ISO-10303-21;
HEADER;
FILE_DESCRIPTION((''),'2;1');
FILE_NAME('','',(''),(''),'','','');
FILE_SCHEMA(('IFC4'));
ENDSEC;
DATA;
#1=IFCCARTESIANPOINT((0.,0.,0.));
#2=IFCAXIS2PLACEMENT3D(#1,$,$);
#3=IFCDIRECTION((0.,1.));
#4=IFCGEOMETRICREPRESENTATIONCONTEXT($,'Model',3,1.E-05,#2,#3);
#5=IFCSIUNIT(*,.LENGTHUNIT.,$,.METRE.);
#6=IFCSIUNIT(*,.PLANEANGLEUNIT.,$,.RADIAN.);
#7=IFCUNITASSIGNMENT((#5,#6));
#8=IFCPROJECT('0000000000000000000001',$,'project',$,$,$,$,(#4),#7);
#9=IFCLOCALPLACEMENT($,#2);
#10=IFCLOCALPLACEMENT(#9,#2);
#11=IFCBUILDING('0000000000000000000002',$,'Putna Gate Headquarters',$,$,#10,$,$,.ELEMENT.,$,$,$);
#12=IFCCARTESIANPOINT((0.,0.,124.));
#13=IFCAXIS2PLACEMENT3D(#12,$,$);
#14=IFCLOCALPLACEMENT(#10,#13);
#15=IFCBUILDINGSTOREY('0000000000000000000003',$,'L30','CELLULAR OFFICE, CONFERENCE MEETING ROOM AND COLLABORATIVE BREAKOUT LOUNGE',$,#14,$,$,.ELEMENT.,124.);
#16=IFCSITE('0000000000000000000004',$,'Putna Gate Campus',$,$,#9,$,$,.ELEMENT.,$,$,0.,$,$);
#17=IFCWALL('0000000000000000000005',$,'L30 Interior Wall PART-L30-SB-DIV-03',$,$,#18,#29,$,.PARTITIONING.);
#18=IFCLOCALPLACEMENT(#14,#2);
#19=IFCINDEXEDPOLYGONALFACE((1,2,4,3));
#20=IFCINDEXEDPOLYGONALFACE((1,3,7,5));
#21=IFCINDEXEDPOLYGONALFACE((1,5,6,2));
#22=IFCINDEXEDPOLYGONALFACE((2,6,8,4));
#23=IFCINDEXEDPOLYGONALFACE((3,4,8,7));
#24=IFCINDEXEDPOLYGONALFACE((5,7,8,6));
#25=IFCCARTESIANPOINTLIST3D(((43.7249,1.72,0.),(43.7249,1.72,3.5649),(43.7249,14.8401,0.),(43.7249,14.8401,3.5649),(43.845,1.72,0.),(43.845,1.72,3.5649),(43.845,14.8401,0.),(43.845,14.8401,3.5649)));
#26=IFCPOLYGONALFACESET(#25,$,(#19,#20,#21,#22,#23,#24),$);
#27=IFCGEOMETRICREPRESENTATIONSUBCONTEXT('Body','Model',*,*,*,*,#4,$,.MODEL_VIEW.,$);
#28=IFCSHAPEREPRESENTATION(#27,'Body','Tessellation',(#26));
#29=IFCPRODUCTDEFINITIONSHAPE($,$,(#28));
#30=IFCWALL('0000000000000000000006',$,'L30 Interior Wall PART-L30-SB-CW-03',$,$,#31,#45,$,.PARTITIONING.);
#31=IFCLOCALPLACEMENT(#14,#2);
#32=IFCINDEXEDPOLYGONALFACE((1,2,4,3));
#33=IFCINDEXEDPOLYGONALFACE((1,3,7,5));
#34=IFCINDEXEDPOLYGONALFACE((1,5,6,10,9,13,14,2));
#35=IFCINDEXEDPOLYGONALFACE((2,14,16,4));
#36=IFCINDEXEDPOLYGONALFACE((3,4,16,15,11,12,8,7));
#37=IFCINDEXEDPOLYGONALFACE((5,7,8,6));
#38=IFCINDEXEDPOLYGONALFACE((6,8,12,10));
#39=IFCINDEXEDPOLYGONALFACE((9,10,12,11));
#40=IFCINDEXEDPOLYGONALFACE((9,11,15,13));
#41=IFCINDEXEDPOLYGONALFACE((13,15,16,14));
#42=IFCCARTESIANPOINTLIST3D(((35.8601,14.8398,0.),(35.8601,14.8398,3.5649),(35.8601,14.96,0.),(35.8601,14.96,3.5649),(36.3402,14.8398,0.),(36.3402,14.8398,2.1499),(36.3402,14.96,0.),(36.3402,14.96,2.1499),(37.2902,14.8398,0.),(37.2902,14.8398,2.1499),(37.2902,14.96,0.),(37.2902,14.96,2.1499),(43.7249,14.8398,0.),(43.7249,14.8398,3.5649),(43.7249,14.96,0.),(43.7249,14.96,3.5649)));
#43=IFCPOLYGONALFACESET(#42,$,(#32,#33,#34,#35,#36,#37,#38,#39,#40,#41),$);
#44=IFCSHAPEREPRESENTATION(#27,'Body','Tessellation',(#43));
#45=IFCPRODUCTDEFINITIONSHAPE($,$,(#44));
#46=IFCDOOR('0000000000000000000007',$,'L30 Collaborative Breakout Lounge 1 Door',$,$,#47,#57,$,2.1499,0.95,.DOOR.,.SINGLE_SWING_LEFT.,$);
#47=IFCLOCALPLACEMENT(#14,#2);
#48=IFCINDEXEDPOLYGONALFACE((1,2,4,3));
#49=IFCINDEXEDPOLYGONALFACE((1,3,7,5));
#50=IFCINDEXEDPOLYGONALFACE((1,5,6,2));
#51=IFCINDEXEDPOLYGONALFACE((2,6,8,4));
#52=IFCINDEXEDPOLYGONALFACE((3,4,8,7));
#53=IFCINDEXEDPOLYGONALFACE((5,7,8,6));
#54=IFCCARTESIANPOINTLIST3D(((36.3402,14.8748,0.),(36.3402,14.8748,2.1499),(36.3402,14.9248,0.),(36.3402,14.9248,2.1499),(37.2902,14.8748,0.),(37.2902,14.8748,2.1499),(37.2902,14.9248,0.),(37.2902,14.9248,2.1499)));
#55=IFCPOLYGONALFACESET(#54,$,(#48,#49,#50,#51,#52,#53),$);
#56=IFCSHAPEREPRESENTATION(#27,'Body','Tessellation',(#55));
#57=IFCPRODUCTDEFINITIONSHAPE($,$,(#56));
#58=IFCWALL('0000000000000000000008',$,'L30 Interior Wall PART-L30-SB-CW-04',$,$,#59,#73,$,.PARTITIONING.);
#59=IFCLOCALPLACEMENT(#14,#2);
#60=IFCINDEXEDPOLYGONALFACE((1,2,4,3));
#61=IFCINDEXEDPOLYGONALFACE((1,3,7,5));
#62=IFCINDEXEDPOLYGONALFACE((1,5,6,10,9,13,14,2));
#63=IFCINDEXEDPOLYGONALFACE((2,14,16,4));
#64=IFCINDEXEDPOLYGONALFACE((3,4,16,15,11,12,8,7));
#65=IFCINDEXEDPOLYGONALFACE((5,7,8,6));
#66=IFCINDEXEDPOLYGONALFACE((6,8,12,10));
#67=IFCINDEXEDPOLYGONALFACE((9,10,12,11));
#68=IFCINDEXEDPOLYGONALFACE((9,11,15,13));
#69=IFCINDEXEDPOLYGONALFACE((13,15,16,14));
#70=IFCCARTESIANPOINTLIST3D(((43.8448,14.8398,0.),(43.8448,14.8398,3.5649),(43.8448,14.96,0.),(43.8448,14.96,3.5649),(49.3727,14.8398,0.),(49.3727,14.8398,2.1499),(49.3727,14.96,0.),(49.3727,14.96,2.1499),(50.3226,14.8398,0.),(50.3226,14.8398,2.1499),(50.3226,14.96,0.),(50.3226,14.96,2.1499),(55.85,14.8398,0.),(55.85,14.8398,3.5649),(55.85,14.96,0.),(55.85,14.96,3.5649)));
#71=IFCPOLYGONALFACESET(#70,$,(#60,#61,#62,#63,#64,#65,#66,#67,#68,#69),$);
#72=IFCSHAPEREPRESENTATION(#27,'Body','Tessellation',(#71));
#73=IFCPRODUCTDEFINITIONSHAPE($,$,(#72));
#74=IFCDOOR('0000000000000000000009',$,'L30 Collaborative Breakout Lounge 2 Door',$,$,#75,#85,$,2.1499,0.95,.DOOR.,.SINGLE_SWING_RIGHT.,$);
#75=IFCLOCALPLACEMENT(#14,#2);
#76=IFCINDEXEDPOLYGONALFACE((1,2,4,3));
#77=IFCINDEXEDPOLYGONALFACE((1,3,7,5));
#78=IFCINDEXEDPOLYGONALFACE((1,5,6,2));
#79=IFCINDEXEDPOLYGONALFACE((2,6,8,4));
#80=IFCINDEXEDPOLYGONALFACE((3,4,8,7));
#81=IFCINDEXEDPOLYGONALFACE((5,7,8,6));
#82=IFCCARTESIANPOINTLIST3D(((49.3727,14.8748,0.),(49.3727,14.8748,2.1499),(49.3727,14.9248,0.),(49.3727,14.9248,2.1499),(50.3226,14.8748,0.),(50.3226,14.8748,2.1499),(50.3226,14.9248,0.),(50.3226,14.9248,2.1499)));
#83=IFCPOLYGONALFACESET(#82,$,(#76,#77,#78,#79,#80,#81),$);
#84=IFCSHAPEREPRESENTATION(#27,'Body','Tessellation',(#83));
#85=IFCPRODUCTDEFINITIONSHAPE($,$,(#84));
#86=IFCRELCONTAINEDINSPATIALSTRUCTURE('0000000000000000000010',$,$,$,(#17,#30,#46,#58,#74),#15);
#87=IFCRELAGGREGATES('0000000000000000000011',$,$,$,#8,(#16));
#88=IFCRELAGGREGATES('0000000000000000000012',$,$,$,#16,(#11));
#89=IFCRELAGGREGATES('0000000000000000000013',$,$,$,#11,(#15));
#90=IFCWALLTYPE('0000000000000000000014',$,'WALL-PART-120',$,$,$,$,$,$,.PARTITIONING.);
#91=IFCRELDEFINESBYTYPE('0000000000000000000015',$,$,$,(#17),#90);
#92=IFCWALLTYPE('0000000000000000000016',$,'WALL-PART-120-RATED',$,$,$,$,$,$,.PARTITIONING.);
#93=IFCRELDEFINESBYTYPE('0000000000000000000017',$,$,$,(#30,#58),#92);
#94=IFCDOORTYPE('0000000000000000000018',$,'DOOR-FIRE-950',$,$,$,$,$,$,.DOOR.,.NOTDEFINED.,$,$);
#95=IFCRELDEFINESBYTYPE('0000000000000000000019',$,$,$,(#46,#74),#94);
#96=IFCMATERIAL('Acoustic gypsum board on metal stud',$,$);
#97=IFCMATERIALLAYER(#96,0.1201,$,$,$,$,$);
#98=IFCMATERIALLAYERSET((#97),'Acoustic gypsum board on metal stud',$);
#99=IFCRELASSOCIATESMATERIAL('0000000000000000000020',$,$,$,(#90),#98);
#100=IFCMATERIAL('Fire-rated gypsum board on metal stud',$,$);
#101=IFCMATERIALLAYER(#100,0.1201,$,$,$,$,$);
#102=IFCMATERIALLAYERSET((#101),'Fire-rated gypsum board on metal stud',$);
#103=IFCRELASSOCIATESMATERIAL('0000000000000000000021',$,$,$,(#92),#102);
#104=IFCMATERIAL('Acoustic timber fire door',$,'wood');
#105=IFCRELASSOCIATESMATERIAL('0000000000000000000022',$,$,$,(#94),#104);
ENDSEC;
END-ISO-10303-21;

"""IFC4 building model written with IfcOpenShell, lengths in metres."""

from ifc_helpers import new_model, si_unit, direction, frame, frame_2d, origin, place, context, subcontext, project, spatial, rectangle, extrude, material, layer, layer_set, type_object, element, fill, save


model = new_model("IFC4")

# Units and contexts
model_context = context("Model", 3, precision=1e-05, world=origin(), true_north=direction((0.0, 1.0)))
body_context = subcontext(model_context, "Body", "Model", "MODEL_VIEW")
ifc_project = project(units=[si_unit("LENGTHUNIT", "METRE"), si_unit("PLANEANGLEUNIT", "RADIAN")], contexts=[model_context])

# Site, building, storey
site_placement = place(None, origin())
site = spatial("IfcSite", under=ifc_project, at=site_placement, Name="Putna Gate Campus", CompositionType="ELEMENT", RefElevation=0.0)
building_placement = place(site_placement, origin())
building = spatial("IfcBuilding", under=site, at=building_placement, Name="Putna Gate Headquarters", CompositionType="ELEMENT")
storey_placement = place(building_placement, frame((0.0, 0.0, 124.0)))
storey = spatial("IfcBuildingStorey", under=building, at=storey_placement, Name="L30", Description="CELLULAR OFFICE, CONFERENCE MEETING ROOM AND COLLABORATIVE BREAKOUT LOUNGE", CompositionType="ELEMENT", Elevation=124.0)

# Wall
ifc_material_1 = material(Name="Acoustic gypsum board on metal stud")
ifc_layer_1 = layer(ifc_material_1, 0.1201)
ifc_layer_set_1 = layer_set([ifc_layer_1], Name="Acoustic gypsum board on metal stud")
wall_type_1 = type_object("IfcWallType", Name="WALL-PART-120", PredefinedType="PARTITIONING", material=ifc_layer_set_1)
for number, where, z_axis, x_axis, name in (
    (1, (43.7849, 1.72, 0.0), (0.0, 0.0, 1.0), (0.0, 1.0, 0.0), "L30 Interior Wall PART-L30-SB-DIV-03"),
):
    element("IfcWall", number, at=place(storey_placement, frame(where, z_axis=z_axis, x_axis=x_axis)), inside=storey, type_object=wall_type_1, Name=name, PredefinedType="PARTITIONING", context=body_context, shape_type="SweptSolid", body=[
        extrude(rectangle(XDim=13.1201, YDim=0.1201, at=frame_2d((6.5601, 0.0))), origin(), (0.0, 0.0, 1.0), 3.5649),
    ])

# Walls, openings, doors
ifc_material_2 = material(Name="Fire-rated gypsum board on metal stud")
ifc_layer_2 = layer(ifc_material_2, 0.1201)
ifc_layer_set_2 = layer_set([ifc_layer_2], Name="Fire-rated gypsum board on metal stud")
wall_type_2 = type_object("IfcWallType", Name="WALL-PART-120-RATED", PredefinedType="PARTITIONING", material=ifc_layer_set_2)
wall_1_placement = place(storey_placement, frame((35.8601, 14.8999, 0.0), z_axis=(0.0, 0.0, 1.0), x_axis=(1.0, 0.0, 0.0)))
wall_1 = element("IfcWall", 2, at=wall_1_placement, inside=storey, type_object=wall_type_2, Name="L30 Interior Wall PART-L30-SB-CW-03", PredefinedType="PARTITIONING", context=body_context, shape_type="SweptSolid", body=[
    extrude(rectangle(XDim=7.8647, YDim=0.1201, at=frame_2d((3.9324, 0.0))), origin(), (0.0, 0.0, 1.0), 3.5649),
])
opening_1_placement = place(wall_1_placement, frame((0.48, 0.0, 0.0)))
opening_1 = element("IfcOpeningElement", 3, at=opening_1_placement, cuts=wall_1, PredefinedType="OPENING", context=body_context, shape_type="SweptSolid", body=[
    extrude(rectangle(XDim=0.95, YDim=2.1499, at=frame_2d((0.4751, 1.075))), frame((0.0, 0.0701, 0.0), z_axis=(0.0, -1.0, 0.0), x_axis=(1.0, 0.0, 0.0)), (0.0, 0.0, 1.0), 0.1401),
])
ifc_material_3 = material(Name="Acoustic timber fire door", Category="wood")
door_type = type_object("IfcDoorType", Name="DOOR-FIRE-950", OperationType="NOTDEFINED", PredefinedType="DOOR", material=ifc_material_3)
door_1_placement = place(opening_1_placement, origin())
door_1 = element("IfcDoor", 4, at=door_1_placement, inside=storey, type_object=door_type, Name="L30 Collaborative Breakout Lounge 1 Door", OperationType="SINGLE_SWING_LEFT", OverallHeight=2.1499, OverallWidth=0.95, PredefinedType="DOOR", context=body_context, shape_type="SweptSolid", body=[
    extrude(rectangle(XDim=0.95, YDim=2.1499, at=frame_2d((0.4751, 1.075))), frame((0.0, 0.0249, 0.0), z_axis=(0.0, -1.0, 0.0), x_axis=(1.0, 0.0, 0.0)), (0.0, 0.0, 1.0), 0.05),
])
fill(opening_1, door_1)
wall_2_placement = place(storey_placement, frame((43.845, 14.8999, 0.0), z_axis=(0.0, 0.0, 1.0), x_axis=(1.0, 0.0, 0.0)))
wall_2 = element("IfcWall", 5, at=wall_2_placement, inside=storey, type_object=wall_type_2, Name="L30 Interior Wall PART-L30-SB-CW-04", PredefinedType="PARTITIONING", context=body_context, shape_type="SweptSolid", body=[
    extrude(rectangle(XDim=12.0051, YDim=0.1201, at=frame_2d((6.0024, 0.0))), origin(), (0.0, 0.0, 1.0), 3.5649),
])
opening_2_placement = place(wall_2_placement, frame((5.5276, 0.0, 0.0)))
opening_2 = element("IfcOpeningElement", 6, at=opening_2_placement, cuts=wall_2, PredefinedType="OPENING", context=body_context, shape_type="SweptSolid", body=[
    extrude(rectangle(XDim=0.95, YDim=2.1499, at=frame_2d((0.4751, 1.075))), frame((0.0, 0.0701, 0.0), z_axis=(0.0, -1.0, 0.0), x_axis=(1.0, 0.0, 0.0)), (0.0, 0.0, 1.0), 0.1401),
])
door_2_placement = place(opening_2_placement, origin())
door_2 = element("IfcDoor", 7, at=door_2_placement, inside=storey, type_object=door_type, Name="L30 Collaborative Breakout Lounge 2 Door", OperationType="SINGLE_SWING_RIGHT", OverallHeight=2.1499, OverallWidth=0.95, PredefinedType="DOOR", context=body_context, shape_type="SweptSolid", body=[
    extrude(rectangle(XDim=0.95, YDim=2.1499, at=frame_2d((0.4751, 1.075))), frame((0.0, 0.0249, 0.0), z_axis=(0.0, -1.0, 0.0), x_axis=(1.0, 0.0, 0.0)), (0.0, 0.0, 1.0), 0.05),
])
fill(opening_2, door_2)

save(model, "model.ifc")
